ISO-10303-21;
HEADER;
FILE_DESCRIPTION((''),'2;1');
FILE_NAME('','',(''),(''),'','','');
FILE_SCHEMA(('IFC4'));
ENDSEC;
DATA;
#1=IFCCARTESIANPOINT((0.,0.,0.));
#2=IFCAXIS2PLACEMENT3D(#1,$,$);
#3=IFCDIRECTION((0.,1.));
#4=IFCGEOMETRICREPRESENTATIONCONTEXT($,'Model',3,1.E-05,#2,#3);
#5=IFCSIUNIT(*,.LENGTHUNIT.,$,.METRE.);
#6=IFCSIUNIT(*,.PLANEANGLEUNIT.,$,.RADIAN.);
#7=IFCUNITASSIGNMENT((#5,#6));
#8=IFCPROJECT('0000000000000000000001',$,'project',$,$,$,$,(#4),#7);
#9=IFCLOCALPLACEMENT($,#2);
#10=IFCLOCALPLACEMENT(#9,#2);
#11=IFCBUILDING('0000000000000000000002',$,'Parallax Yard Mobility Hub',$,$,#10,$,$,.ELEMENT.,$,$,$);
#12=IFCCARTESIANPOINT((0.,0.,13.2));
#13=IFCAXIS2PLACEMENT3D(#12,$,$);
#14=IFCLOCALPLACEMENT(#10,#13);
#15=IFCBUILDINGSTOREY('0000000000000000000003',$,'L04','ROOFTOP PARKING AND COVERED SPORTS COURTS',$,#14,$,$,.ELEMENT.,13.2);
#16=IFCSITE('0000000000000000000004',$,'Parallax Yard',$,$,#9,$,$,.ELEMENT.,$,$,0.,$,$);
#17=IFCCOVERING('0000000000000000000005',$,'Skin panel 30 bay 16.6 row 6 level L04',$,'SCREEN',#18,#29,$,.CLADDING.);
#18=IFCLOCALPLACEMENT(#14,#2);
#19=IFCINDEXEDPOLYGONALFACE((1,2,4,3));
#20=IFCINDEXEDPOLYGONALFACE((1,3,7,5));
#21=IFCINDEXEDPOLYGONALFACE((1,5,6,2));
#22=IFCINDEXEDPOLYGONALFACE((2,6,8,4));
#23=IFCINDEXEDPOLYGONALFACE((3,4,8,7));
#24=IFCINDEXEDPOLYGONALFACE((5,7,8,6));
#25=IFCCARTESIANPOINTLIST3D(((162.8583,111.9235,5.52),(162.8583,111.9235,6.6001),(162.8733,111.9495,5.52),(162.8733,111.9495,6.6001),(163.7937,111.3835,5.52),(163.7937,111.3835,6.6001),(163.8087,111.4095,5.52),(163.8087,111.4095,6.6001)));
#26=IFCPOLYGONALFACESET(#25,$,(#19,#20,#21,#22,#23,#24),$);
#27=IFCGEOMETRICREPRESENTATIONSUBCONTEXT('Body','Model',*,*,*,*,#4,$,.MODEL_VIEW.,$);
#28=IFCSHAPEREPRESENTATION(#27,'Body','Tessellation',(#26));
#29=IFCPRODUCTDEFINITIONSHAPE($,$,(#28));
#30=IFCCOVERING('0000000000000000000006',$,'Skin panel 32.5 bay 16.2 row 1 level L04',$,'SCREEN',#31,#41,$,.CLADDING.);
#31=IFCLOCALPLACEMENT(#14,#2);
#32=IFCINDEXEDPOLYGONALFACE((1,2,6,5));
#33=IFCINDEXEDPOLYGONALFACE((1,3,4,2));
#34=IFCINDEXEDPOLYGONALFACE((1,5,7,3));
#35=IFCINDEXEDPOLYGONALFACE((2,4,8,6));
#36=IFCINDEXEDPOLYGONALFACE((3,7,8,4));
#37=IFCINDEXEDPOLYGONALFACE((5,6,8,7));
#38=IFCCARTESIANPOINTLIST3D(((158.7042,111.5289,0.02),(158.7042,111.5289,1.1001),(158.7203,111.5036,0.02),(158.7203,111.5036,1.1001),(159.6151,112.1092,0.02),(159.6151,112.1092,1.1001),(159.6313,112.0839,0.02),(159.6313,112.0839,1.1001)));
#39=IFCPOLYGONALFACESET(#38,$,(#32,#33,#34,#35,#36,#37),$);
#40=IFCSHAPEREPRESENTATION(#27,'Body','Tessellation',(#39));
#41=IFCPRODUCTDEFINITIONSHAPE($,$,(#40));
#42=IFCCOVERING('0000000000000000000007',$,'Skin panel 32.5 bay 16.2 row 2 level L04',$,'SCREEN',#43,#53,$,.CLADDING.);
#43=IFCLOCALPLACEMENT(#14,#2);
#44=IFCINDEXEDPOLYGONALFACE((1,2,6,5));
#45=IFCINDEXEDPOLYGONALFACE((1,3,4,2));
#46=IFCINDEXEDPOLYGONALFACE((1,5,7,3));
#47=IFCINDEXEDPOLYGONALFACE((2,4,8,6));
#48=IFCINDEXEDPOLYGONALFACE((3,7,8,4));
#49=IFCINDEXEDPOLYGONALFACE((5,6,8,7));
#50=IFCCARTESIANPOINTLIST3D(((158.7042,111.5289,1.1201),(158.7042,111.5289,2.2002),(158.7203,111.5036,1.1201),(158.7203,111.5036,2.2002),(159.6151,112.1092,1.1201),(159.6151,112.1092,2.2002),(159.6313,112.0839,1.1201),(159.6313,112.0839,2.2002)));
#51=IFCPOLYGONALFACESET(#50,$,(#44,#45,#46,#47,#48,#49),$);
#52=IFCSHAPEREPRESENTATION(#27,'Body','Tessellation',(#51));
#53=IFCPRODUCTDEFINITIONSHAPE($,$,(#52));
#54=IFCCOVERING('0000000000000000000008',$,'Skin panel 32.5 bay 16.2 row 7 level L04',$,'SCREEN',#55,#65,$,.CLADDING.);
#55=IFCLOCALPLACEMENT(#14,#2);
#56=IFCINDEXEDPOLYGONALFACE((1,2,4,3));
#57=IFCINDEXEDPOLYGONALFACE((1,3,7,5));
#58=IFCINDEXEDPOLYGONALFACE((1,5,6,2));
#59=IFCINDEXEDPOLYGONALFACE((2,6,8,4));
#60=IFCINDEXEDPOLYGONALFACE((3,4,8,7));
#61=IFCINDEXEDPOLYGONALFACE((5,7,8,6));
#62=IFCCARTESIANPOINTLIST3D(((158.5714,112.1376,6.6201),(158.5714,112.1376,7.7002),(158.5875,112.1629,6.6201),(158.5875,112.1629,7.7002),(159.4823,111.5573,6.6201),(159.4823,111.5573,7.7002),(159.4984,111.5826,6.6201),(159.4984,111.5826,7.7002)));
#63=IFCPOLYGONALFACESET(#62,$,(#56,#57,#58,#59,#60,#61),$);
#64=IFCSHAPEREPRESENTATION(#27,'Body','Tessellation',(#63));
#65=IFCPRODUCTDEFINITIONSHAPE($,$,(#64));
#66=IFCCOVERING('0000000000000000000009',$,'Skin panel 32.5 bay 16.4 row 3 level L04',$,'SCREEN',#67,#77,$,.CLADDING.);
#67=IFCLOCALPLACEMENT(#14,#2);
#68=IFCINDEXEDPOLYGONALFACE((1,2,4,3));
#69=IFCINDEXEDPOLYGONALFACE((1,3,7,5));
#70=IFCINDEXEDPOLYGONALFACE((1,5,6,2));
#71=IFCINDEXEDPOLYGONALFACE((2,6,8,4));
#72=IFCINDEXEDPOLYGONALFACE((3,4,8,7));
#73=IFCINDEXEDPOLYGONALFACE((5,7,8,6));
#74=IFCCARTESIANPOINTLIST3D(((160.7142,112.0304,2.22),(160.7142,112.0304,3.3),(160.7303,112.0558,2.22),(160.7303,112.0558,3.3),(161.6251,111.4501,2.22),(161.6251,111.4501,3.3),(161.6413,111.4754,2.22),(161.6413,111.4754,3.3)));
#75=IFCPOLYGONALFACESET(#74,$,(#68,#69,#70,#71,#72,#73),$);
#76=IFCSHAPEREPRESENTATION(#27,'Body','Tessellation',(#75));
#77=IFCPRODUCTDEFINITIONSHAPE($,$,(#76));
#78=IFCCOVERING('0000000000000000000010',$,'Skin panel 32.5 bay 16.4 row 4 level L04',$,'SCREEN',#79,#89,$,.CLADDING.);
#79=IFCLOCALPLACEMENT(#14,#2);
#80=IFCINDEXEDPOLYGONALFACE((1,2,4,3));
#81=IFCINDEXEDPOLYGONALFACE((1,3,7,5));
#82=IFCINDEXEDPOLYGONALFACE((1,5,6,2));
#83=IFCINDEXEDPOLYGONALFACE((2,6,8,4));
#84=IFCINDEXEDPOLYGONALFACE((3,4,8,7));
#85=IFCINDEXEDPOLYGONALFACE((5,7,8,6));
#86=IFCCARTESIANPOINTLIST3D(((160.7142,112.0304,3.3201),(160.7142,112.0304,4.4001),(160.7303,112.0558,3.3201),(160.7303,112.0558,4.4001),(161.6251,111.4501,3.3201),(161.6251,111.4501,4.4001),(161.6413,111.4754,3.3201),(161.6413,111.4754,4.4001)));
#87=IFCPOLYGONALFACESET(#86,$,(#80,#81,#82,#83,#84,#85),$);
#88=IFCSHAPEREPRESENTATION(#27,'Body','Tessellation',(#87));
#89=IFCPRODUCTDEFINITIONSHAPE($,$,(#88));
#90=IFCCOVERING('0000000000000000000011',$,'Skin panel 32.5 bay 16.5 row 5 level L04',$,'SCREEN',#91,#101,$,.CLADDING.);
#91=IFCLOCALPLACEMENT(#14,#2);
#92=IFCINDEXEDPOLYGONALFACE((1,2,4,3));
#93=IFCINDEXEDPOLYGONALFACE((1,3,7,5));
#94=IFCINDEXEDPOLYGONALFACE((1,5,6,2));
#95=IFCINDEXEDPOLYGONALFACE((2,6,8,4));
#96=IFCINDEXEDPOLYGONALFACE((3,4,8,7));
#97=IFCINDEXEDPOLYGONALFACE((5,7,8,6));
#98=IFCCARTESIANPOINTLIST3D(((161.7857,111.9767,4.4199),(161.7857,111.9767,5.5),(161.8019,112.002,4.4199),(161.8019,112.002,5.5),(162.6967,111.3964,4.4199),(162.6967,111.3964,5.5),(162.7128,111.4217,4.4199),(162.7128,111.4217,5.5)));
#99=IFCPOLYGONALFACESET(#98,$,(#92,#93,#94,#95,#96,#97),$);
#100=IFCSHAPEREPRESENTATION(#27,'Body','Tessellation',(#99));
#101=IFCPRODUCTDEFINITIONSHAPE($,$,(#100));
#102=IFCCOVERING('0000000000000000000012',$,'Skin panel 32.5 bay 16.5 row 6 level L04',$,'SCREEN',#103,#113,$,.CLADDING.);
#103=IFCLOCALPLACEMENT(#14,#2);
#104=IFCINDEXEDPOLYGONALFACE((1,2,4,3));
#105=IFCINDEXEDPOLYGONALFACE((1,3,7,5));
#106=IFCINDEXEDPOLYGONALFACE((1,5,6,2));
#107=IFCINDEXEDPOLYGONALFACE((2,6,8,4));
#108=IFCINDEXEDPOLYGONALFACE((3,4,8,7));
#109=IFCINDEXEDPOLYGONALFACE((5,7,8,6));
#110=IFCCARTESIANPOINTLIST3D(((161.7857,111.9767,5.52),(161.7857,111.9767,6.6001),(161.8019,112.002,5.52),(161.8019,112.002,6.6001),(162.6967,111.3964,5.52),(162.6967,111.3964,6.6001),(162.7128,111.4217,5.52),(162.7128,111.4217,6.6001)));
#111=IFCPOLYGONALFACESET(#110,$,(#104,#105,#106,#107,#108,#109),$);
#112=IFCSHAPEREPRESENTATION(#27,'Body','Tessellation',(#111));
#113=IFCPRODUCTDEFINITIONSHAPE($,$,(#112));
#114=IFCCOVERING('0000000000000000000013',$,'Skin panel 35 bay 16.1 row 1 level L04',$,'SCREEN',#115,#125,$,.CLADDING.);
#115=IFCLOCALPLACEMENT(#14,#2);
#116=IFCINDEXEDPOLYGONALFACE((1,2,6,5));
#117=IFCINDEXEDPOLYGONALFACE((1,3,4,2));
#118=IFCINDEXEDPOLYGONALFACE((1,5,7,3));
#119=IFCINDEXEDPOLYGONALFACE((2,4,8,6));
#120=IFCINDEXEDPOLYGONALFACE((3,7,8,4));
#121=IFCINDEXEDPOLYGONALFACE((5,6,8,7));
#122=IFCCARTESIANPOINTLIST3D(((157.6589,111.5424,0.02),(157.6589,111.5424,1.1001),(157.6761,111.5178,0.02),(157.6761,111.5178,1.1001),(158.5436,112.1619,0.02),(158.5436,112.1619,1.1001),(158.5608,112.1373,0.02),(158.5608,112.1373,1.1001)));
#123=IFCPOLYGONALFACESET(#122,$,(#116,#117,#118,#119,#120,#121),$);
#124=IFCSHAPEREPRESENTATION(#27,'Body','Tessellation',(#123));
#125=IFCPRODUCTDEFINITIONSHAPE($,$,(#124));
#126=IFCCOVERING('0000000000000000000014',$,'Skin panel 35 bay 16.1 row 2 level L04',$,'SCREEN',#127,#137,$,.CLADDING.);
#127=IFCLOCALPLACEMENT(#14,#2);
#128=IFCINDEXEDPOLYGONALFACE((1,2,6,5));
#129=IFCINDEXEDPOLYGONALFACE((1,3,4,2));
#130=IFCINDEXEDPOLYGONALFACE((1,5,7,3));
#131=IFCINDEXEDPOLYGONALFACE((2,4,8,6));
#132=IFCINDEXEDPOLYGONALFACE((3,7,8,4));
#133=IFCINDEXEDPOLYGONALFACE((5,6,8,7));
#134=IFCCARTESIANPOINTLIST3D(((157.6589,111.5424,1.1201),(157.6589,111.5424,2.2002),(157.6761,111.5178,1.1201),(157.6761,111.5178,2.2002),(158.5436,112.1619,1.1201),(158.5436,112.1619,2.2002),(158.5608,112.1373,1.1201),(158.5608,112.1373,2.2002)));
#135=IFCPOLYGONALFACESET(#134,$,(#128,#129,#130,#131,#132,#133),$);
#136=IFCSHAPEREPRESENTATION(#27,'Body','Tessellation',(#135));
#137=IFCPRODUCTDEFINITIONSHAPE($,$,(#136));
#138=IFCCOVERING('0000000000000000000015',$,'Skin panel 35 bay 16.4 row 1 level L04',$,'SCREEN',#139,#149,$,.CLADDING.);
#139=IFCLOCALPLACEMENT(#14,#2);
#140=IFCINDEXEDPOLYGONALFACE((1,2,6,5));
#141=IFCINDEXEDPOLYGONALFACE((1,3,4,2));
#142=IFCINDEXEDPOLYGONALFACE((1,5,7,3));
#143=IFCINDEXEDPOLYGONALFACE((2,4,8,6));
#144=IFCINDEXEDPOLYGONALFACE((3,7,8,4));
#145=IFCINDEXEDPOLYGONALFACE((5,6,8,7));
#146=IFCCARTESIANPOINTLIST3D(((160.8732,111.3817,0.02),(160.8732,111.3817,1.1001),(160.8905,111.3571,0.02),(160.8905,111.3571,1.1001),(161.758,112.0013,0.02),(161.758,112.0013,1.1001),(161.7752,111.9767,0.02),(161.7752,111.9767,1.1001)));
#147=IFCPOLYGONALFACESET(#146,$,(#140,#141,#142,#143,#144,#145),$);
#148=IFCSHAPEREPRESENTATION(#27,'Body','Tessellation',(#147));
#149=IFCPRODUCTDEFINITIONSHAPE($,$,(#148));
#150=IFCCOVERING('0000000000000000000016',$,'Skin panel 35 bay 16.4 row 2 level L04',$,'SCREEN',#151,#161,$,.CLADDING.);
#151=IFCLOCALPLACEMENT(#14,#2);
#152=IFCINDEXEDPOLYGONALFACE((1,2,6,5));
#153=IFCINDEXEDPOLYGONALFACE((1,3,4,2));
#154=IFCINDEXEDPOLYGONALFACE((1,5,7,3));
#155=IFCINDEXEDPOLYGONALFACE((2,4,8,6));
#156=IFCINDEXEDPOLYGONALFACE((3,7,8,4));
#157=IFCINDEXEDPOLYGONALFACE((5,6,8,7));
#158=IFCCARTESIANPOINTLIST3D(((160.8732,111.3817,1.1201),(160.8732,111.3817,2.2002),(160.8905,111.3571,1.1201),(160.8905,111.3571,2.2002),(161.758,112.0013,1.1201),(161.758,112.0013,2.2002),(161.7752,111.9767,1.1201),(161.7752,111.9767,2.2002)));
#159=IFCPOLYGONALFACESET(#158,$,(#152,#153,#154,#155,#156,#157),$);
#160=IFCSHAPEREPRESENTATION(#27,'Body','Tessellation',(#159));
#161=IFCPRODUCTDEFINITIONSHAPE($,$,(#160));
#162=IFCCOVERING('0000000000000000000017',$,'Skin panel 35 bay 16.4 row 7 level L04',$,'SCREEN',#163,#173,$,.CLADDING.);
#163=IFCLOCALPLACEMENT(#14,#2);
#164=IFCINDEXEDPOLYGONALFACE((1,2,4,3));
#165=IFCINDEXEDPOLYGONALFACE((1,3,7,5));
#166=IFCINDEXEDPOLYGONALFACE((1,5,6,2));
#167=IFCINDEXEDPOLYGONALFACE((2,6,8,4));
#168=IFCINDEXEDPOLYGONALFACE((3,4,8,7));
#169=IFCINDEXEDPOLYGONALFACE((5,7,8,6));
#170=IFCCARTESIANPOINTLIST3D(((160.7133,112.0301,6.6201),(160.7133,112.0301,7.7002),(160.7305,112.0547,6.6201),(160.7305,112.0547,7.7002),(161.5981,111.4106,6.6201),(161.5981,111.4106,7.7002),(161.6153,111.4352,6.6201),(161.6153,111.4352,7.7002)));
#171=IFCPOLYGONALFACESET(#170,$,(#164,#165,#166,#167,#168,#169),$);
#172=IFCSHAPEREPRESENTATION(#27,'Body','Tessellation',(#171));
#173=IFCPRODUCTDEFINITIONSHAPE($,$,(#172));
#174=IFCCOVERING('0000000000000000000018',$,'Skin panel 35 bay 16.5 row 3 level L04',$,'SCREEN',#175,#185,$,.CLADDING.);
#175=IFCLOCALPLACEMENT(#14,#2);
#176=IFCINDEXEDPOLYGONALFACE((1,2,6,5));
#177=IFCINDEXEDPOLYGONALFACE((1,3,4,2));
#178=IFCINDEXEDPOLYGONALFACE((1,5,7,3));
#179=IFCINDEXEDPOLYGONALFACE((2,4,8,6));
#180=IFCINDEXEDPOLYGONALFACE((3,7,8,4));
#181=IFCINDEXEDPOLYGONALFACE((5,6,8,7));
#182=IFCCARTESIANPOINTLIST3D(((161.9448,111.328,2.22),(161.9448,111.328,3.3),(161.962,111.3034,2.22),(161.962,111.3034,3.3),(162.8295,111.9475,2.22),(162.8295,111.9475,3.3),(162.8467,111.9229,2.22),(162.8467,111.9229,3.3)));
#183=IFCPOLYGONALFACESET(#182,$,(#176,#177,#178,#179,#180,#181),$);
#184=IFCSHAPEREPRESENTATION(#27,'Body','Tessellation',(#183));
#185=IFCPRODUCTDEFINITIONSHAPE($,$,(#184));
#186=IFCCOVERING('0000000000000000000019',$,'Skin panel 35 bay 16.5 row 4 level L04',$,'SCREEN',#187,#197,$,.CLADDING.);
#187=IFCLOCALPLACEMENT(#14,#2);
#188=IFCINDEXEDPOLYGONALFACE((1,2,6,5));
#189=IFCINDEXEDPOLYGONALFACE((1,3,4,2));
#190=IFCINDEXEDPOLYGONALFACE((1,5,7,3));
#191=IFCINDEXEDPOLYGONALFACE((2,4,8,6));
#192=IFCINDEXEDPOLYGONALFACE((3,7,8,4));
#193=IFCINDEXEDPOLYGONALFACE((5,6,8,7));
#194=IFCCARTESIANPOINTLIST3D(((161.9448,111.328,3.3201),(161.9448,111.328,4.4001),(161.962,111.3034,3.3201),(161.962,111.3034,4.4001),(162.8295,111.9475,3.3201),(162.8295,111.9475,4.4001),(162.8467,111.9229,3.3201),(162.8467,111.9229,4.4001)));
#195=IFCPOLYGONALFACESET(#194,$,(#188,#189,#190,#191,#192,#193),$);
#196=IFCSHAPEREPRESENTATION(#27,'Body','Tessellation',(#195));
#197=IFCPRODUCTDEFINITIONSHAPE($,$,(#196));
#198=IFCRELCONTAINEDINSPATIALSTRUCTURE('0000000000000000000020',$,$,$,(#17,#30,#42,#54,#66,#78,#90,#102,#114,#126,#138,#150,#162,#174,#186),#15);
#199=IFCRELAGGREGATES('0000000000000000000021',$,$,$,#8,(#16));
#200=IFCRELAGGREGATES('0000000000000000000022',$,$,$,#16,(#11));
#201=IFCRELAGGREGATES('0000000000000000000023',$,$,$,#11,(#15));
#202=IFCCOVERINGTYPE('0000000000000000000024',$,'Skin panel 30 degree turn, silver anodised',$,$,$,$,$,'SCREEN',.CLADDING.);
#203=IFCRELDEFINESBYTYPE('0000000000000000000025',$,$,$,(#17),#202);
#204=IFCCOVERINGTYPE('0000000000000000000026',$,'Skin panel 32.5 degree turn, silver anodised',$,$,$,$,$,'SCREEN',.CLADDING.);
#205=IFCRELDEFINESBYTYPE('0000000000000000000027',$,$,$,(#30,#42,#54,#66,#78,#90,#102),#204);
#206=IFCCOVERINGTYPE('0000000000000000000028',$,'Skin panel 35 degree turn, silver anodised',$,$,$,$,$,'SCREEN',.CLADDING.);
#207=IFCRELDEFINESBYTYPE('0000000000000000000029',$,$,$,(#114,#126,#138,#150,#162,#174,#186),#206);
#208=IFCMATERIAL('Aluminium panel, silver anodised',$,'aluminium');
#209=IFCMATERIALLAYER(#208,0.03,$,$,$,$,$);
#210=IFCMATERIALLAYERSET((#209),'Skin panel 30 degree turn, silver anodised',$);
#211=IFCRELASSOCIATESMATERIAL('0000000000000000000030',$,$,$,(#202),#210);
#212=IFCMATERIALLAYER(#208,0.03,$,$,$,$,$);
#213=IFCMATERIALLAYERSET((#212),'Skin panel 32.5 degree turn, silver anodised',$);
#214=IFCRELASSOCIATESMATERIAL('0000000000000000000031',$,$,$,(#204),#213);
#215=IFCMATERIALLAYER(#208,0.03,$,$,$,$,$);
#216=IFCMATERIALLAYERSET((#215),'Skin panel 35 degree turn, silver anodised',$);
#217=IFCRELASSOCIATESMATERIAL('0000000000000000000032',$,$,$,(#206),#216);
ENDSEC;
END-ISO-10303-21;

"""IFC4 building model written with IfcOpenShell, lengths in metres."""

from ifc_helpers import new_model, si_unit, direction, frame, origin, origin_2d, place, context, subcontext, project, spatial, rectangle, extrude, material, layer, layer_set, type_object, element, save


model = new_model("IFC4")

# Units and contexts
model_context = context("Model", 3, precision=1e-05, world=origin(), true_north=direction((0.0, 1.0)))
body_context = subcontext(model_context, "Body", "Model", "MODEL_VIEW")
ifc_project = project(units=[si_unit("LENGTHUNIT", "METRE"), si_unit("PLANEANGLEUNIT", "RADIAN")], contexts=[model_context])

# Site, building, storey
site_placement = place(None, origin())
site = spatial("IfcSite", under=ifc_project, at=site_placement, Name="Parallax Yard", CompositionType="ELEMENT", RefElevation=0.0)
building_placement = place(site_placement, origin())
building = spatial("IfcBuilding", under=site, at=building_placement, Name="Parallax Yard Mobility Hub", CompositionType="ELEMENT")
storey_placement = place(building_placement, frame((0.0, 0.0, 13.2)))
storey = spatial("IfcBuildingStorey", under=building, at=storey_placement, Name="L04", Description="ROOFTOP PARKING AND COVERED SPORTS COURTS", CompositionType="ELEMENT", Elevation=13.2)

# Coverings
ifc_material = material(Name="Aluminium panel, silver anodised", Category="aluminium")
ifc_layer_1 = layer(ifc_material, 0.03)
ifc_layer_set_1 = layer_set([ifc_layer_1], Name="Skin panel 30 degree turn, silver anodised")
covering_type_1 = type_object("IfcCoveringType", Name="Skin panel 30 degree turn, silver anodised", ElementType="SCREEN", PredefinedType="CLADDING", material=ifc_layer_set_1)
for number, where, z_axis, x_axis, name in (
    (1, (163.3335, 111.6665, 5.52), (0.0, 0.0, 1.0), (0.866025, -0.5, 0.0), "Skin panel 30 bay 16.6 row 6 level L04"),
):
    element("IfcCovering", number, at=place(storey_placement, frame(where, z_axis=z_axis, x_axis=x_axis)), inside=storey, type_object=covering_type_1, Name=name, ObjectType="SCREEN", PredefinedType="CLADDING", context=body_context, shape_type="SweptSolid", body=[
        extrude(rectangle(XDim=1.0801, YDim=0.03, at=origin_2d()), origin(), (0.0, 0.0, 1.0), 1.0801),
    ])
ifc_layer_2 = layer(ifc_material, 0.03)
ifc_layer_set_2 = layer_set([ifc_layer_2], Name="Skin panel 32.5 degree turn, silver anodised")
covering_type_2 = type_object("IfcCoveringType", Name="Skin panel 32.5 degree turn, silver anodised", ElementType="SCREEN", PredefinedType="CLADDING", material=ifc_layer_set_2)
for number, where, z_axis, x_axis, name in (
    (2, (159.1677, 111.8064, 0.02), (0.0, 0.0, 1.0), (-0.843391, -0.5373, 0.0), "Skin panel 32.5 bay 16.2 row 1 level L04"),
    (3, (159.1677, 111.8064, 1.1201), (0.0, 0.0, 1.0), (-0.843391, -0.5373, 0.0), "Skin panel 32.5 bay 16.2 row 2 level L04"),
    (4, (159.0349, 111.8601, 6.6201), (0.0, 0.0, 1.0), (0.843391, -0.5373, 0.0), "Skin panel 32.5 bay 16.2 row 7 level L04"),
    (5, (161.1777, 111.7529, 2.22), (0.0, 0.0, 1.0), (0.843391, -0.5373, 0.0), "Skin panel 32.5 bay 16.4 row 3 level L04"),
    (6, (161.1777, 111.7529, 3.3201), (0.0, 0.0, 1.0), (0.843391, -0.5373, 0.0), "Skin panel 32.5 bay 16.4 row 4 level L04"),
    (7, (162.2493, 111.6992, 4.4199), (0.0, 0.0, 1.0), (0.843391, -0.5373, 0.0), "Skin panel 32.5 bay 16.5 row 5 level L04"),
    (8, (162.2493, 111.6992, 5.52), (0.0, 0.0, 1.0), (0.843391, -0.5373, 0.0), "Skin panel 32.5 bay 16.5 row 6 level L04"),
):
    element("IfcCovering", number, at=place(storey_placement, frame(where, z_axis=z_axis, x_axis=x_axis)), inside=storey, type_object=covering_type_2, Name=name, ObjectType="SCREEN", PredefinedType="CLADDING", context=body_context, shape_type="SweptSolid", body=[
        extrude(rectangle(XDim=1.0801, YDim=0.03, at=origin_2d()), origin(), (0.0, 0.0, 1.0), 1.0801),
    ])
ifc_layer_3 = layer(ifc_material, 0.03)
ifc_layer_set_3 = layer_set([ifc_layer_3], Name="Skin panel 35 degree turn, silver anodised")
covering_type_3 = type_object("IfcCoveringType", Name="Skin panel 35 degree turn, silver anodised", ElementType="SCREEN", PredefinedType="CLADDING", material=ifc_layer_set_3)
for number, where, z_axis, x_axis, name in (
    (9, (158.1099, 111.8398, 0.02), (0.0, 0.0, 1.0), (-0.819152, -0.573576, 0.0), "Skin panel 35 bay 16.1 row 1 level L04"),
    (10, (158.1099, 111.8398, 1.1201), (0.0, 0.0, 1.0), (-0.819152, -0.573576, 0.0), "Skin panel 35 bay 16.1 row 2 level L04"),
    (11, (161.3242, 111.6792, 0.02), (0.0, 0.0, 1.0), (-0.819152, -0.573576, 0.0), "Skin panel 35 bay 16.4 row 1 level L04"),
    (12, (161.3242, 111.6792, 1.1201), (0.0, 0.0, 1.0), (-0.819152, -0.573576, 0.0), "Skin panel 35 bay 16.4 row 2 level L04"),
    (13, (161.1643, 111.7327, 6.6201), (0.0, 0.0, 1.0), (0.819152, -0.573576, 0.0), "Skin panel 35 bay 16.4 row 7 level L04"),
    (14, (162.3958, 111.6255, 2.22), (0.0, 0.0, 1.0), (-0.819152, -0.573576, 0.0), "Skin panel 35 bay 16.5 row 3 level L04"),
    (15, (162.3958, 111.6255, 3.3201), (0.0, 0.0, 1.0), (-0.819152, -0.573576, 0.0), "Skin panel 35 bay 16.5 row 4 level L04"),
):
    element("IfcCovering", number, at=place(storey_placement, frame(where, z_axis=z_axis, x_axis=x_axis)), inside=storey, type_object=covering_type_3, Name=name, ObjectType="SCREEN", PredefinedType="CLADDING", context=body_context, shape_type="SweptSolid", body=[
        extrude(rectangle(XDim=1.0801, YDim=0.03, at=origin_2d()), origin(), (0.0, 0.0, 1.0), 1.0801),
    ])

save(model, "model.ifc")
